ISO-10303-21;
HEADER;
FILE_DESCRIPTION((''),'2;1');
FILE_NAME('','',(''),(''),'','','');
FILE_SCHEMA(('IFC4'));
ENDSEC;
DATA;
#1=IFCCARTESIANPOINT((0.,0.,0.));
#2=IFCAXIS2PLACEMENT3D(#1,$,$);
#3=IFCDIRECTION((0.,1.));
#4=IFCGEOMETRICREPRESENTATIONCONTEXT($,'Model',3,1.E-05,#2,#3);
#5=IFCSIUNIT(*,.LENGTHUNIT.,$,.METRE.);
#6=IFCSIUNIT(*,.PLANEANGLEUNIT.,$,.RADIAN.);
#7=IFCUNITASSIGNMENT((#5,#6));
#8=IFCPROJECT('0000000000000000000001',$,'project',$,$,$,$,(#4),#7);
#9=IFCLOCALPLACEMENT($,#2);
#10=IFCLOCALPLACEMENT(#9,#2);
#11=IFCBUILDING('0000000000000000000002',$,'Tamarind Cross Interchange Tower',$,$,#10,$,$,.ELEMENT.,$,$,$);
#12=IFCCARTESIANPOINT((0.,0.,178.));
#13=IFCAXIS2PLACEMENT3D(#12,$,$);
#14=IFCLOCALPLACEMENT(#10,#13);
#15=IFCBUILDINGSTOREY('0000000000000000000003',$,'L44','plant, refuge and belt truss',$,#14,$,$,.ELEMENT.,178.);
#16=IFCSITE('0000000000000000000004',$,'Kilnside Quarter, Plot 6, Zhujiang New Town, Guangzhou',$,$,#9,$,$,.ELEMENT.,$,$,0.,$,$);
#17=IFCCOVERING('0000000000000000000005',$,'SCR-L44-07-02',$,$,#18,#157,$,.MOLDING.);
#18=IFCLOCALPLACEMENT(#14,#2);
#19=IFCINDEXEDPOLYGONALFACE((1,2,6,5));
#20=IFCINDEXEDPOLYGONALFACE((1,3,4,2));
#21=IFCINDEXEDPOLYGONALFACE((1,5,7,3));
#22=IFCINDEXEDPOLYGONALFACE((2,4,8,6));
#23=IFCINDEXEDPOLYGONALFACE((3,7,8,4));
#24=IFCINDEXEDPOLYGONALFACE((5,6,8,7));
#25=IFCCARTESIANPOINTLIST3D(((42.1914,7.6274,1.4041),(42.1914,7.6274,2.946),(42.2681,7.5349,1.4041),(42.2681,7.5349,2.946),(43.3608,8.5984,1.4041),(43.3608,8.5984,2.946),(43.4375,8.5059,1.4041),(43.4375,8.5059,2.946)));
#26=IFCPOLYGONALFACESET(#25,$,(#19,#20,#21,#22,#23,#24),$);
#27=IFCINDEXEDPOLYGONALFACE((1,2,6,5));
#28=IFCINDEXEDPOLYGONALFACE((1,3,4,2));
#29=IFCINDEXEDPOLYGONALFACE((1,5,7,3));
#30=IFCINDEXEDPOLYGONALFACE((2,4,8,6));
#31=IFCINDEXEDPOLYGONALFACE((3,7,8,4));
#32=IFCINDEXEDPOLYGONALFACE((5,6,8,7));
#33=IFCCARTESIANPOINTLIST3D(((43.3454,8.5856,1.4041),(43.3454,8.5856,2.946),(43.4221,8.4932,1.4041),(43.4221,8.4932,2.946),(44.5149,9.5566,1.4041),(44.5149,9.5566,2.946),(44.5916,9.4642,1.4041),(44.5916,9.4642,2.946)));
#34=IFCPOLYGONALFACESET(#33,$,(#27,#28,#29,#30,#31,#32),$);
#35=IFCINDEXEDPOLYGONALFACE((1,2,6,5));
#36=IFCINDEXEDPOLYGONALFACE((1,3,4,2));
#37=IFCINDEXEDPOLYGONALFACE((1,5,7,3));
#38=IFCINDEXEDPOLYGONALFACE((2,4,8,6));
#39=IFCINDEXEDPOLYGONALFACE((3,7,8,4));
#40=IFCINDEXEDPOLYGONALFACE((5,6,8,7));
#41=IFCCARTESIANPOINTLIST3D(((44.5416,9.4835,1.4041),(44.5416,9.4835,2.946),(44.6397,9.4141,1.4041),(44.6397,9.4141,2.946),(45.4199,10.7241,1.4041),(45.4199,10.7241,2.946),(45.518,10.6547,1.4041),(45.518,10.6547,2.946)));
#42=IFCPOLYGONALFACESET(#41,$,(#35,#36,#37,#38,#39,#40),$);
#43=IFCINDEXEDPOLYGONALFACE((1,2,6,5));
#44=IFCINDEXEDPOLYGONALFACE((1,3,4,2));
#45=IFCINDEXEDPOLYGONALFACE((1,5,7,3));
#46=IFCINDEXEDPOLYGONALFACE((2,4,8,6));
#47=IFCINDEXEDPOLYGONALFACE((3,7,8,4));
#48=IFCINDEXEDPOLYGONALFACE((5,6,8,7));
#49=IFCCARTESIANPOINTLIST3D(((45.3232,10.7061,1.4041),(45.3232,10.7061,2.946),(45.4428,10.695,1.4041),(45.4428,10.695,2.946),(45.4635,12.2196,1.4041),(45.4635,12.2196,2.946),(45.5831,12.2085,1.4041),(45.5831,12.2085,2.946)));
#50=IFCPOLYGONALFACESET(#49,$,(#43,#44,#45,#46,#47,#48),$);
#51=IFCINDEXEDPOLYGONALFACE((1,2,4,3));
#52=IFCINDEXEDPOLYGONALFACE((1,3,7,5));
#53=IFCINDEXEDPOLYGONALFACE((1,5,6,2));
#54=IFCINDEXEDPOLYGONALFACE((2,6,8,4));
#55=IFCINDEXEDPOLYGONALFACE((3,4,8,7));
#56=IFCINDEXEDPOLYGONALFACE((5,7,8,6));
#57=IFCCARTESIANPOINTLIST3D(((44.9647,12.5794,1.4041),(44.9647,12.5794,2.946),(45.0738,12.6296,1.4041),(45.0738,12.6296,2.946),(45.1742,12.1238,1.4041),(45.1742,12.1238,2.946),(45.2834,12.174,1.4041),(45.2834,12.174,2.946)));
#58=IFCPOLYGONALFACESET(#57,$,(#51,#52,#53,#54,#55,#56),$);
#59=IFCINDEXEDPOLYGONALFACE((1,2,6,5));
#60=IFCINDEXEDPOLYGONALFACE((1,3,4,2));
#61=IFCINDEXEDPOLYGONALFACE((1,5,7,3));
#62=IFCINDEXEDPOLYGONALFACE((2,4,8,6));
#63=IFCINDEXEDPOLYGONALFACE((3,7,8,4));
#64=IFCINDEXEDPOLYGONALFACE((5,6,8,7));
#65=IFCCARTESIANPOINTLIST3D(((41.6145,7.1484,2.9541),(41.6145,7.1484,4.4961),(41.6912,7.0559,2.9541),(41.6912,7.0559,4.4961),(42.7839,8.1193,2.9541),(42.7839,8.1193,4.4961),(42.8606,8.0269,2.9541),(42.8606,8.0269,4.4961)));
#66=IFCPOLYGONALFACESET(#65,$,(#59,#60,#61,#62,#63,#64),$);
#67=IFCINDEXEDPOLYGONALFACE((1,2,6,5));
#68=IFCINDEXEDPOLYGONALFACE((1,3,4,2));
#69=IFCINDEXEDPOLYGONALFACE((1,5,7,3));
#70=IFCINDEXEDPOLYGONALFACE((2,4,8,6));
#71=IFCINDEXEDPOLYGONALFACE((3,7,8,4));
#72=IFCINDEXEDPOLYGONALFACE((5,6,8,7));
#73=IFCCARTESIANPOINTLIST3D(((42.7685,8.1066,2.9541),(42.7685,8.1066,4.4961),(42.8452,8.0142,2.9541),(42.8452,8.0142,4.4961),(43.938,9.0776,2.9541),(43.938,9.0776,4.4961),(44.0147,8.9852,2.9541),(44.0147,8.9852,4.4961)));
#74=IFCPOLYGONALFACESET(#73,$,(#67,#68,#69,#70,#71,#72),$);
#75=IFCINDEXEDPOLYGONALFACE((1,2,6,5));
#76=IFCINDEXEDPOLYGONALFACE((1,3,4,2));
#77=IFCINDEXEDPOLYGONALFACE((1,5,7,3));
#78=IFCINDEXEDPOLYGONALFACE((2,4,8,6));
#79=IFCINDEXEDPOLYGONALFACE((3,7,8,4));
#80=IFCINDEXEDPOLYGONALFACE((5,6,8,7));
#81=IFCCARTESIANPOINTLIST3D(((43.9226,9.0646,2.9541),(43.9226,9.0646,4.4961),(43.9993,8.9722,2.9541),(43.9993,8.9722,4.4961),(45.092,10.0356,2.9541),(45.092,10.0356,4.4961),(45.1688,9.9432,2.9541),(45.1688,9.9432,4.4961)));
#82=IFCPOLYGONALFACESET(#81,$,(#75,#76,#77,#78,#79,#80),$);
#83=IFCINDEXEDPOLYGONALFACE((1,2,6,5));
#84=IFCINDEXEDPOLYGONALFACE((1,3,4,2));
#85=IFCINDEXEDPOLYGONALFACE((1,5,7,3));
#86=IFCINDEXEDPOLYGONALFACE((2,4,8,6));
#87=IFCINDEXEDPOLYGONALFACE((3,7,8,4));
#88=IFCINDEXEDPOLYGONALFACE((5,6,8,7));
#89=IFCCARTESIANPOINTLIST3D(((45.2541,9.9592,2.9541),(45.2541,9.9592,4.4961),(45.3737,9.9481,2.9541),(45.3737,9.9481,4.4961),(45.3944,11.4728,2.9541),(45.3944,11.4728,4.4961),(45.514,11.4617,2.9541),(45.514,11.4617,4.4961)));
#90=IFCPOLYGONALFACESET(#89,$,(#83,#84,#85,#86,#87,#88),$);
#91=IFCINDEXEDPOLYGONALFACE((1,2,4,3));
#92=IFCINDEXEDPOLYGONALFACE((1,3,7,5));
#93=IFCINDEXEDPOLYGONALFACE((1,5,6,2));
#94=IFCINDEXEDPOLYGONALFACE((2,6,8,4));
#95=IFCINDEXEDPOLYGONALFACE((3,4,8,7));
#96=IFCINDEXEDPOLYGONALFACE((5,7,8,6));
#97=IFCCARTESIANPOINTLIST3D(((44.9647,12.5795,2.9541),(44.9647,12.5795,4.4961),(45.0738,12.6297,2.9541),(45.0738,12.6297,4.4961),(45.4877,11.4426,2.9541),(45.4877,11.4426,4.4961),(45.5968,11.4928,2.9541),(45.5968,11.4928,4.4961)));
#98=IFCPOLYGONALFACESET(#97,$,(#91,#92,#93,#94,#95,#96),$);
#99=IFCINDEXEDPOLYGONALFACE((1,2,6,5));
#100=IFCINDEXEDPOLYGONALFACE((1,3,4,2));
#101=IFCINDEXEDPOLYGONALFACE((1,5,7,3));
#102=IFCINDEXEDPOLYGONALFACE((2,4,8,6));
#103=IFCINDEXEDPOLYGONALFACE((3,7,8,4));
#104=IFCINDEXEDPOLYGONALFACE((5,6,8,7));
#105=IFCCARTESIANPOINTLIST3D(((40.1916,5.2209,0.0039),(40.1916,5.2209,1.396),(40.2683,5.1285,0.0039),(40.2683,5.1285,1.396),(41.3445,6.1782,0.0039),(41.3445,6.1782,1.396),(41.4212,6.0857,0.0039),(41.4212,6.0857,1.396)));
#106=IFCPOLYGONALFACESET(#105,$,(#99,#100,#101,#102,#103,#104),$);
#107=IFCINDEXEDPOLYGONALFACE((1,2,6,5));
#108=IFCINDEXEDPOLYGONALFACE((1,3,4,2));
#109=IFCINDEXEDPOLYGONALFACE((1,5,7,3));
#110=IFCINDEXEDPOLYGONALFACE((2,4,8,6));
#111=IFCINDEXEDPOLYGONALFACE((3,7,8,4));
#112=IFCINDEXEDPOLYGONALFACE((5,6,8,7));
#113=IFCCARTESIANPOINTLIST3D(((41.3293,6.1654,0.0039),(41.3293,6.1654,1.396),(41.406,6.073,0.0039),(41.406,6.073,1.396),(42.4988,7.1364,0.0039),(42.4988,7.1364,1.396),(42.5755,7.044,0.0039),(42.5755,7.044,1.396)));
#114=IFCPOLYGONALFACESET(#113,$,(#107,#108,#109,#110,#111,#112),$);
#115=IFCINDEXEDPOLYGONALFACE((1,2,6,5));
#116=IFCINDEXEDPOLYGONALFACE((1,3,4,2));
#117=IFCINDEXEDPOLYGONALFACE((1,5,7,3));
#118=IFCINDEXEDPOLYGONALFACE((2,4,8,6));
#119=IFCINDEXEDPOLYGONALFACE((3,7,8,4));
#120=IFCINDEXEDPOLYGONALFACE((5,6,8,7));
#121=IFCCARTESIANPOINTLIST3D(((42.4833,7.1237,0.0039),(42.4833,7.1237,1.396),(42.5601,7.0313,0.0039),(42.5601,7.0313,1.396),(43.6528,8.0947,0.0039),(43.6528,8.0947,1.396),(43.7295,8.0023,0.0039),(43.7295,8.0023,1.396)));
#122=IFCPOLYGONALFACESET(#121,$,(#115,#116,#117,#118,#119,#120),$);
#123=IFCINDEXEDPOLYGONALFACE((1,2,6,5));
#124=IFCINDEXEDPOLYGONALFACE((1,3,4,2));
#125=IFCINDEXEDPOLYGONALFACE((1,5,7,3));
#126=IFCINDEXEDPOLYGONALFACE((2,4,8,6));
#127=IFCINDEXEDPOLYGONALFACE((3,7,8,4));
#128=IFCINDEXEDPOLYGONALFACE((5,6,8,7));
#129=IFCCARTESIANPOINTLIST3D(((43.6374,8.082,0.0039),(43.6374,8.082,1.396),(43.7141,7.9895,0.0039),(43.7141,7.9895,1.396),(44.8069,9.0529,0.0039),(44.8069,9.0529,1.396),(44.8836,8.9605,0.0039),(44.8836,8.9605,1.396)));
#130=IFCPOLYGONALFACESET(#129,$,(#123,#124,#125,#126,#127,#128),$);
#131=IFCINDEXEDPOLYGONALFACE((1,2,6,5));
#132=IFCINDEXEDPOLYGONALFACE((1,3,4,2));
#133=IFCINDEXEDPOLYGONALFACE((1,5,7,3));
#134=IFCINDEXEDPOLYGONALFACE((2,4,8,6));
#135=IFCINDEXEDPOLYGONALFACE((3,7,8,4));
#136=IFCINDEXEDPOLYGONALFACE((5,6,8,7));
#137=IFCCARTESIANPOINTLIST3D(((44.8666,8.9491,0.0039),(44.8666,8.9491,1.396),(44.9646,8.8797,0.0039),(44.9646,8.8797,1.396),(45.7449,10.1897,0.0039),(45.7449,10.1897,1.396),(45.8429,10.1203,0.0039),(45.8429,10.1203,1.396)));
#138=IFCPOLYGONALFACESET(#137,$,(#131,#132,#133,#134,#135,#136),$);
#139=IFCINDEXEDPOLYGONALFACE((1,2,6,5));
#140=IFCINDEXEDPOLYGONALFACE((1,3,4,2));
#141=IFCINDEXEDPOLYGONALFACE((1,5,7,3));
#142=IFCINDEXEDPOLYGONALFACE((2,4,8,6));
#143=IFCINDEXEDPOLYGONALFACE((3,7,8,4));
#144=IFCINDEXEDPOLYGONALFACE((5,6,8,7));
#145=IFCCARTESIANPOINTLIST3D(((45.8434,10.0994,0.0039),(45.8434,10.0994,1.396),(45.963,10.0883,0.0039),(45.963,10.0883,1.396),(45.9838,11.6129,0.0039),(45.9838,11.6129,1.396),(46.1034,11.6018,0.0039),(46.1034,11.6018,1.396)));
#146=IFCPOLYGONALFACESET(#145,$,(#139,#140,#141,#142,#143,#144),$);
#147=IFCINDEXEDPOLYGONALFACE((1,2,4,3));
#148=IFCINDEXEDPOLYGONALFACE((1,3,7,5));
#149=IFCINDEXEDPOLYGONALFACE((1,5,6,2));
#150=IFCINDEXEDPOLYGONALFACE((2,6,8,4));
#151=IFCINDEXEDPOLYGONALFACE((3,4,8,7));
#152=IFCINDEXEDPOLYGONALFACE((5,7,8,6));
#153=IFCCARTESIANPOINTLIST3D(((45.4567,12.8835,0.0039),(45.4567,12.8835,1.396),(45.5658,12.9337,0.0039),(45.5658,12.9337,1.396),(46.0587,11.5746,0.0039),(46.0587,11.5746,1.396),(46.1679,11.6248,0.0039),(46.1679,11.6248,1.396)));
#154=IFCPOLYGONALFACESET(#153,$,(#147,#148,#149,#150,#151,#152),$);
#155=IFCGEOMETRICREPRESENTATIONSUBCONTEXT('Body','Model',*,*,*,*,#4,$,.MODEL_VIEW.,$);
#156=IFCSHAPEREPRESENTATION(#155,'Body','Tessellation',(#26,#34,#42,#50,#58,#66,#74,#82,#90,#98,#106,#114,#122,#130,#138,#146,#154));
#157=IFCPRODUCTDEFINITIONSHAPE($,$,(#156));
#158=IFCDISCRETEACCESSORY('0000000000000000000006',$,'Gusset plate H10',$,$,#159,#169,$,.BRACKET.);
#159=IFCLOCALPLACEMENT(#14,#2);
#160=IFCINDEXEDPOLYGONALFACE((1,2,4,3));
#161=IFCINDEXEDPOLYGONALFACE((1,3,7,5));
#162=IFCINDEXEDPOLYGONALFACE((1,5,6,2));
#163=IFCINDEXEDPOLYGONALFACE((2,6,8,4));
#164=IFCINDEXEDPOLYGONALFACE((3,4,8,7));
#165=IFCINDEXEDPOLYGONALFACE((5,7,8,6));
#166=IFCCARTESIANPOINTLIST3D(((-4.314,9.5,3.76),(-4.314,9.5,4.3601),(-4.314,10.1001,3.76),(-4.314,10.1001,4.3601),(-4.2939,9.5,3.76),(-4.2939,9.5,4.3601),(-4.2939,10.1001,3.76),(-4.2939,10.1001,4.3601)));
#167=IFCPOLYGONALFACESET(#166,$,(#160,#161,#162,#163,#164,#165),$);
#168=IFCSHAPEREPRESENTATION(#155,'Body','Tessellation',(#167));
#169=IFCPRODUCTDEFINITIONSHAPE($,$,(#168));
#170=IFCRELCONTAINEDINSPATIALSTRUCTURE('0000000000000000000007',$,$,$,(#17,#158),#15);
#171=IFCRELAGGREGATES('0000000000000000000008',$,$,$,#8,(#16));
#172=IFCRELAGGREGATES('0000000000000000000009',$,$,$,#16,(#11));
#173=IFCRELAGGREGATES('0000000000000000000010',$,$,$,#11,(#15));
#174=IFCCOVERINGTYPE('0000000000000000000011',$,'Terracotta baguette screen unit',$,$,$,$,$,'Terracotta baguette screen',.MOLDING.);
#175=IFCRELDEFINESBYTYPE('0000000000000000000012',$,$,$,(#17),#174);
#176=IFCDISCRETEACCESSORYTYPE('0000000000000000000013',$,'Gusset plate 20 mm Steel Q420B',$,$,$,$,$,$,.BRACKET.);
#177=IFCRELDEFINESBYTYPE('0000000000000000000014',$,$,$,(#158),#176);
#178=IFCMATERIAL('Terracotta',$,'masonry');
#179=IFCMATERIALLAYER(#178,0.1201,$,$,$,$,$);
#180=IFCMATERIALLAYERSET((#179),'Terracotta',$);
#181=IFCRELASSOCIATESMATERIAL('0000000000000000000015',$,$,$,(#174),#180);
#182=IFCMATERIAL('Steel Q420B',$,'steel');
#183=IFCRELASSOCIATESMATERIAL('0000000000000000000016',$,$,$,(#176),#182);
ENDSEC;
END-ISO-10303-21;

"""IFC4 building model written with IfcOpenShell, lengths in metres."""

from ifc_helpers import new_model, si_unit, direction, frame, origin, origin_2d, place, context, subcontext, project, spatial, rectangle, extrude, material, layer, layer_set, type_object, element, save


model = new_model("IFC4")

# Units and contexts
model_context = context("Model", 3, precision=1e-05, world=origin(), true_north=direction((0.0, 1.0)))
body_context = subcontext(model_context, "Body", "Model", "MODEL_VIEW")
ifc_project = project(units=[si_unit("LENGTHUNIT", "METRE"), si_unit("PLANEANGLEUNIT", "RADIAN")], contexts=[model_context])

# Site, building, storey
site_placement = place(None, origin())
site = spatial("IfcSite", under=ifc_project, at=site_placement, Name="Kilnside Quarter, Plot 6, Zhujiang New Town, Guangzhou", CompositionType="ELEMENT", RefElevation=0.0)
building_placement = place(site_placement, origin())
building = spatial("IfcBuilding", under=site, at=building_placement, Name="Tamarind Cross Interchange Tower", CompositionType="ELEMENT")
storey_placement = place(building_placement, frame((0.0, 0.0, 178.0)))
storey = spatial("IfcBuildingStorey", under=building, at=storey_placement, Name="L44", Description="plant, refuge and belt truss", CompositionType="ELEMENT", Elevation=178.0)

# Shared definitions
ifc_material_1 = material(Name="Steel Q420B", Category="steel")

# Covering
ifc_material_2 = material(Name="Terracotta", Category="masonry")
ifc_layer_1 = layer(ifc_material_2, 0.1201)
ifc_layer_set_1 = layer_set([ifc_layer_1], Name="Terracotta")
covering_type = type_object("IfcCoveringType", Name="Terracotta baguette screen unit", ElementType="Terracotta baguette screen", PredefinedType="MOLDING", material=ifc_layer_set_1)
covering_1_placement = place(storey_placement, origin())
element("IfcCovering", 1, at=covering_1_placement, inside=storey, type_object=covering_type, Name="SCR-L44-07-02", PredefinedType="MOLDING", context=body_context, shape_type="SweptSolid", body=[
    extrude(rectangle(XDim=1.52, YDim=0.1201, at=origin_2d()), frame((42.8145, 8.0667, 1.4041), z_axis=(0.0, 0.0, 1.0), x_axis=(0.769373, 0.6388, 0.0)), (0.0, 0.0, 1.0), 1.542),
    extrude(rectangle(XDim=1.52, YDim=0.1201, at=origin_2d()), frame((43.9685, 9.0249, 1.4041), z_axis=(0.0, 0.0, 1.0), x_axis=(0.769373, 0.6388, 0.0)), (0.0, 0.0, 1.0), 1.542),
    extrude(rectangle(XDim=1.52, YDim=0.1201, at=origin_2d()), frame((45.0298, 10.0691, 1.4041), z_axis=(0.0, 0.0, 1.0), x_axis=(0.577823, 0.816162, 0.0)), (0.0, 0.0, 1.0), 1.542),
    extrude(rectangle(XDim=1.52, YDim=0.1201, at=origin_2d()), frame((45.4531, 11.4573, 1.4041), z_axis=(0.0, 0.0, 1.0), x_axis=(0.092329, 0.995729, 0.0)), (0.0, 0.0, 1.0), 1.542),
    extrude(rectangle(XDim=0.5015, YDim=0.1201, at=origin_2d()), frame((45.124, 12.3767, 1.4041), z_axis=(0.0, 0.0, 1.0), x_axis=(-0.417905, 0.908491, 0.0)), (0.0, 0.0, 1.0), 1.542),
    extrude(rectangle(XDim=1.52, YDim=0.1201, at=origin_2d()), frame((42.2375, 7.5876, 2.9541), z_axis=(0.0, 0.0, 1.0), x_axis=(0.769373, 0.6388, 0.0)), (0.0, 0.0, 1.0), 1.542),
    extrude(rectangle(XDim=1.52, YDim=0.1201, at=origin_2d()), frame((43.3916, 8.5459, 2.9541), z_axis=(0.0, 0.0, 1.0), x_axis=(0.769373, 0.6388, 0.0)), (0.0, 0.0, 1.0), 1.542),
    extrude(rectangle(XDim=1.52, YDim=0.1201, at=origin_2d()), frame((44.5457, 9.5039, 2.9541), z_axis=(0.0, 0.0, 1.0), x_axis=(0.769373, 0.6388, 0.0)), (0.0, 0.0, 1.0), 1.542),
    extrude(rectangle(XDim=1.52, YDim=0.1201, at=origin_2d()), frame((45.384, 10.7104, 2.9541), z_axis=(0.0, 0.0, 1.0), x_axis=(0.092329, 0.995729, 0.0)), (0.0, 0.0, 1.0), 1.542),
    extrude(rectangle(XDim=1.2515, YDim=0.1201, at=origin_2d()), frame((45.2808, 12.0361, 2.9541), z_axis=(0.0, 0.0, 1.0), x_axis=(-0.417905, 0.908491, 0.0)), (0.0, 0.0, 1.0), 1.542),
    extrude(rectangle(XDim=1.4985, YDim=0.1201, at=origin_2d()), frame((40.8064, 5.6533, 0.0039), z_axis=(0.0, 0.0, 1.0), x_axis=(0.769373, 0.6388, 0.0)), (0.0, 0.0, 1.0), 1.3921),
    extrude(rectangle(XDim=1.52, YDim=0.1201, at=origin_2d()), frame((41.9524, 6.6047, 0.0039), z_axis=(0.0, 0.0, 1.0), x_axis=(0.769373, 0.6388, 0.0)), (0.0, 0.0, 1.0), 1.3921),
    extrude(rectangle(XDim=1.52, YDim=0.1201, at=origin_2d()), frame((43.1064, 7.563, 0.0039), z_axis=(0.0, 0.0, 1.0), x_axis=(0.769373, 0.6388, 0.0)), (0.0, 0.0, 1.0), 1.3921),
    extrude(rectangle(XDim=1.52, YDim=0.1201, at=origin_2d()), frame((44.2605, 8.5212, 0.0039), z_axis=(0.0, 0.0, 1.0), x_axis=(0.769373, 0.6388, 0.0)), (0.0, 0.0, 1.0), 1.3921),
    extrude(rectangle(XDim=1.52, YDim=0.1201, at=origin_2d()), frame((45.3547, 9.5347, 0.0039), z_axis=(0.0, 0.0, 1.0), x_axis=(0.577823, 0.816162, 0.0)), (0.0, 0.0, 1.0), 1.3921),
    extrude(rectangle(XDim=1.52, YDim=0.1201, at=origin_2d()), frame((45.9734, 10.8506, 0.0039), z_axis=(0.0, 0.0, 1.0), x_axis=(0.092329, 0.995729, 0.0)), (0.0, 0.0, 1.0), 1.3921),
    extrude(rectangle(XDim=1.4407, YDim=0.1201, at=origin_2d()), frame((45.8123, 12.2542, 0.0039), z_axis=(0.0, 0.0, 1.0), x_axis=(-0.417905, 0.908491, 0.0)), (0.0, 0.0, 1.0), 1.3921),
])

# Discrete accessory
discrete_accessory_type = type_object("IfcDiscreteAccessoryType", Name="Gusset plate 20 mm Steel Q420B", PredefinedType="BRACKET", material=ifc_material_1)
discrete_accessory_placement = place(storey_placement, frame((-4.304, 9.8, 3.76), z_axis=(0.0, 0.0, 1.0), x_axis=(1.0, 0.0, 0.0)))
element("IfcDiscreteAccessory", 2, at=discrete_accessory_placement, inside=storey, type_object=discrete_accessory_type, Name="Gusset plate H10", PredefinedType="BRACKET", context=body_context, shape_type="SweptSolid", body=[
    extrude(rectangle(XDim=0.02, YDim=0.6001, at=origin_2d()), origin(), (0.0, 0.0, 1.0), 0.6001),
])

save(model, "model.ifc")
